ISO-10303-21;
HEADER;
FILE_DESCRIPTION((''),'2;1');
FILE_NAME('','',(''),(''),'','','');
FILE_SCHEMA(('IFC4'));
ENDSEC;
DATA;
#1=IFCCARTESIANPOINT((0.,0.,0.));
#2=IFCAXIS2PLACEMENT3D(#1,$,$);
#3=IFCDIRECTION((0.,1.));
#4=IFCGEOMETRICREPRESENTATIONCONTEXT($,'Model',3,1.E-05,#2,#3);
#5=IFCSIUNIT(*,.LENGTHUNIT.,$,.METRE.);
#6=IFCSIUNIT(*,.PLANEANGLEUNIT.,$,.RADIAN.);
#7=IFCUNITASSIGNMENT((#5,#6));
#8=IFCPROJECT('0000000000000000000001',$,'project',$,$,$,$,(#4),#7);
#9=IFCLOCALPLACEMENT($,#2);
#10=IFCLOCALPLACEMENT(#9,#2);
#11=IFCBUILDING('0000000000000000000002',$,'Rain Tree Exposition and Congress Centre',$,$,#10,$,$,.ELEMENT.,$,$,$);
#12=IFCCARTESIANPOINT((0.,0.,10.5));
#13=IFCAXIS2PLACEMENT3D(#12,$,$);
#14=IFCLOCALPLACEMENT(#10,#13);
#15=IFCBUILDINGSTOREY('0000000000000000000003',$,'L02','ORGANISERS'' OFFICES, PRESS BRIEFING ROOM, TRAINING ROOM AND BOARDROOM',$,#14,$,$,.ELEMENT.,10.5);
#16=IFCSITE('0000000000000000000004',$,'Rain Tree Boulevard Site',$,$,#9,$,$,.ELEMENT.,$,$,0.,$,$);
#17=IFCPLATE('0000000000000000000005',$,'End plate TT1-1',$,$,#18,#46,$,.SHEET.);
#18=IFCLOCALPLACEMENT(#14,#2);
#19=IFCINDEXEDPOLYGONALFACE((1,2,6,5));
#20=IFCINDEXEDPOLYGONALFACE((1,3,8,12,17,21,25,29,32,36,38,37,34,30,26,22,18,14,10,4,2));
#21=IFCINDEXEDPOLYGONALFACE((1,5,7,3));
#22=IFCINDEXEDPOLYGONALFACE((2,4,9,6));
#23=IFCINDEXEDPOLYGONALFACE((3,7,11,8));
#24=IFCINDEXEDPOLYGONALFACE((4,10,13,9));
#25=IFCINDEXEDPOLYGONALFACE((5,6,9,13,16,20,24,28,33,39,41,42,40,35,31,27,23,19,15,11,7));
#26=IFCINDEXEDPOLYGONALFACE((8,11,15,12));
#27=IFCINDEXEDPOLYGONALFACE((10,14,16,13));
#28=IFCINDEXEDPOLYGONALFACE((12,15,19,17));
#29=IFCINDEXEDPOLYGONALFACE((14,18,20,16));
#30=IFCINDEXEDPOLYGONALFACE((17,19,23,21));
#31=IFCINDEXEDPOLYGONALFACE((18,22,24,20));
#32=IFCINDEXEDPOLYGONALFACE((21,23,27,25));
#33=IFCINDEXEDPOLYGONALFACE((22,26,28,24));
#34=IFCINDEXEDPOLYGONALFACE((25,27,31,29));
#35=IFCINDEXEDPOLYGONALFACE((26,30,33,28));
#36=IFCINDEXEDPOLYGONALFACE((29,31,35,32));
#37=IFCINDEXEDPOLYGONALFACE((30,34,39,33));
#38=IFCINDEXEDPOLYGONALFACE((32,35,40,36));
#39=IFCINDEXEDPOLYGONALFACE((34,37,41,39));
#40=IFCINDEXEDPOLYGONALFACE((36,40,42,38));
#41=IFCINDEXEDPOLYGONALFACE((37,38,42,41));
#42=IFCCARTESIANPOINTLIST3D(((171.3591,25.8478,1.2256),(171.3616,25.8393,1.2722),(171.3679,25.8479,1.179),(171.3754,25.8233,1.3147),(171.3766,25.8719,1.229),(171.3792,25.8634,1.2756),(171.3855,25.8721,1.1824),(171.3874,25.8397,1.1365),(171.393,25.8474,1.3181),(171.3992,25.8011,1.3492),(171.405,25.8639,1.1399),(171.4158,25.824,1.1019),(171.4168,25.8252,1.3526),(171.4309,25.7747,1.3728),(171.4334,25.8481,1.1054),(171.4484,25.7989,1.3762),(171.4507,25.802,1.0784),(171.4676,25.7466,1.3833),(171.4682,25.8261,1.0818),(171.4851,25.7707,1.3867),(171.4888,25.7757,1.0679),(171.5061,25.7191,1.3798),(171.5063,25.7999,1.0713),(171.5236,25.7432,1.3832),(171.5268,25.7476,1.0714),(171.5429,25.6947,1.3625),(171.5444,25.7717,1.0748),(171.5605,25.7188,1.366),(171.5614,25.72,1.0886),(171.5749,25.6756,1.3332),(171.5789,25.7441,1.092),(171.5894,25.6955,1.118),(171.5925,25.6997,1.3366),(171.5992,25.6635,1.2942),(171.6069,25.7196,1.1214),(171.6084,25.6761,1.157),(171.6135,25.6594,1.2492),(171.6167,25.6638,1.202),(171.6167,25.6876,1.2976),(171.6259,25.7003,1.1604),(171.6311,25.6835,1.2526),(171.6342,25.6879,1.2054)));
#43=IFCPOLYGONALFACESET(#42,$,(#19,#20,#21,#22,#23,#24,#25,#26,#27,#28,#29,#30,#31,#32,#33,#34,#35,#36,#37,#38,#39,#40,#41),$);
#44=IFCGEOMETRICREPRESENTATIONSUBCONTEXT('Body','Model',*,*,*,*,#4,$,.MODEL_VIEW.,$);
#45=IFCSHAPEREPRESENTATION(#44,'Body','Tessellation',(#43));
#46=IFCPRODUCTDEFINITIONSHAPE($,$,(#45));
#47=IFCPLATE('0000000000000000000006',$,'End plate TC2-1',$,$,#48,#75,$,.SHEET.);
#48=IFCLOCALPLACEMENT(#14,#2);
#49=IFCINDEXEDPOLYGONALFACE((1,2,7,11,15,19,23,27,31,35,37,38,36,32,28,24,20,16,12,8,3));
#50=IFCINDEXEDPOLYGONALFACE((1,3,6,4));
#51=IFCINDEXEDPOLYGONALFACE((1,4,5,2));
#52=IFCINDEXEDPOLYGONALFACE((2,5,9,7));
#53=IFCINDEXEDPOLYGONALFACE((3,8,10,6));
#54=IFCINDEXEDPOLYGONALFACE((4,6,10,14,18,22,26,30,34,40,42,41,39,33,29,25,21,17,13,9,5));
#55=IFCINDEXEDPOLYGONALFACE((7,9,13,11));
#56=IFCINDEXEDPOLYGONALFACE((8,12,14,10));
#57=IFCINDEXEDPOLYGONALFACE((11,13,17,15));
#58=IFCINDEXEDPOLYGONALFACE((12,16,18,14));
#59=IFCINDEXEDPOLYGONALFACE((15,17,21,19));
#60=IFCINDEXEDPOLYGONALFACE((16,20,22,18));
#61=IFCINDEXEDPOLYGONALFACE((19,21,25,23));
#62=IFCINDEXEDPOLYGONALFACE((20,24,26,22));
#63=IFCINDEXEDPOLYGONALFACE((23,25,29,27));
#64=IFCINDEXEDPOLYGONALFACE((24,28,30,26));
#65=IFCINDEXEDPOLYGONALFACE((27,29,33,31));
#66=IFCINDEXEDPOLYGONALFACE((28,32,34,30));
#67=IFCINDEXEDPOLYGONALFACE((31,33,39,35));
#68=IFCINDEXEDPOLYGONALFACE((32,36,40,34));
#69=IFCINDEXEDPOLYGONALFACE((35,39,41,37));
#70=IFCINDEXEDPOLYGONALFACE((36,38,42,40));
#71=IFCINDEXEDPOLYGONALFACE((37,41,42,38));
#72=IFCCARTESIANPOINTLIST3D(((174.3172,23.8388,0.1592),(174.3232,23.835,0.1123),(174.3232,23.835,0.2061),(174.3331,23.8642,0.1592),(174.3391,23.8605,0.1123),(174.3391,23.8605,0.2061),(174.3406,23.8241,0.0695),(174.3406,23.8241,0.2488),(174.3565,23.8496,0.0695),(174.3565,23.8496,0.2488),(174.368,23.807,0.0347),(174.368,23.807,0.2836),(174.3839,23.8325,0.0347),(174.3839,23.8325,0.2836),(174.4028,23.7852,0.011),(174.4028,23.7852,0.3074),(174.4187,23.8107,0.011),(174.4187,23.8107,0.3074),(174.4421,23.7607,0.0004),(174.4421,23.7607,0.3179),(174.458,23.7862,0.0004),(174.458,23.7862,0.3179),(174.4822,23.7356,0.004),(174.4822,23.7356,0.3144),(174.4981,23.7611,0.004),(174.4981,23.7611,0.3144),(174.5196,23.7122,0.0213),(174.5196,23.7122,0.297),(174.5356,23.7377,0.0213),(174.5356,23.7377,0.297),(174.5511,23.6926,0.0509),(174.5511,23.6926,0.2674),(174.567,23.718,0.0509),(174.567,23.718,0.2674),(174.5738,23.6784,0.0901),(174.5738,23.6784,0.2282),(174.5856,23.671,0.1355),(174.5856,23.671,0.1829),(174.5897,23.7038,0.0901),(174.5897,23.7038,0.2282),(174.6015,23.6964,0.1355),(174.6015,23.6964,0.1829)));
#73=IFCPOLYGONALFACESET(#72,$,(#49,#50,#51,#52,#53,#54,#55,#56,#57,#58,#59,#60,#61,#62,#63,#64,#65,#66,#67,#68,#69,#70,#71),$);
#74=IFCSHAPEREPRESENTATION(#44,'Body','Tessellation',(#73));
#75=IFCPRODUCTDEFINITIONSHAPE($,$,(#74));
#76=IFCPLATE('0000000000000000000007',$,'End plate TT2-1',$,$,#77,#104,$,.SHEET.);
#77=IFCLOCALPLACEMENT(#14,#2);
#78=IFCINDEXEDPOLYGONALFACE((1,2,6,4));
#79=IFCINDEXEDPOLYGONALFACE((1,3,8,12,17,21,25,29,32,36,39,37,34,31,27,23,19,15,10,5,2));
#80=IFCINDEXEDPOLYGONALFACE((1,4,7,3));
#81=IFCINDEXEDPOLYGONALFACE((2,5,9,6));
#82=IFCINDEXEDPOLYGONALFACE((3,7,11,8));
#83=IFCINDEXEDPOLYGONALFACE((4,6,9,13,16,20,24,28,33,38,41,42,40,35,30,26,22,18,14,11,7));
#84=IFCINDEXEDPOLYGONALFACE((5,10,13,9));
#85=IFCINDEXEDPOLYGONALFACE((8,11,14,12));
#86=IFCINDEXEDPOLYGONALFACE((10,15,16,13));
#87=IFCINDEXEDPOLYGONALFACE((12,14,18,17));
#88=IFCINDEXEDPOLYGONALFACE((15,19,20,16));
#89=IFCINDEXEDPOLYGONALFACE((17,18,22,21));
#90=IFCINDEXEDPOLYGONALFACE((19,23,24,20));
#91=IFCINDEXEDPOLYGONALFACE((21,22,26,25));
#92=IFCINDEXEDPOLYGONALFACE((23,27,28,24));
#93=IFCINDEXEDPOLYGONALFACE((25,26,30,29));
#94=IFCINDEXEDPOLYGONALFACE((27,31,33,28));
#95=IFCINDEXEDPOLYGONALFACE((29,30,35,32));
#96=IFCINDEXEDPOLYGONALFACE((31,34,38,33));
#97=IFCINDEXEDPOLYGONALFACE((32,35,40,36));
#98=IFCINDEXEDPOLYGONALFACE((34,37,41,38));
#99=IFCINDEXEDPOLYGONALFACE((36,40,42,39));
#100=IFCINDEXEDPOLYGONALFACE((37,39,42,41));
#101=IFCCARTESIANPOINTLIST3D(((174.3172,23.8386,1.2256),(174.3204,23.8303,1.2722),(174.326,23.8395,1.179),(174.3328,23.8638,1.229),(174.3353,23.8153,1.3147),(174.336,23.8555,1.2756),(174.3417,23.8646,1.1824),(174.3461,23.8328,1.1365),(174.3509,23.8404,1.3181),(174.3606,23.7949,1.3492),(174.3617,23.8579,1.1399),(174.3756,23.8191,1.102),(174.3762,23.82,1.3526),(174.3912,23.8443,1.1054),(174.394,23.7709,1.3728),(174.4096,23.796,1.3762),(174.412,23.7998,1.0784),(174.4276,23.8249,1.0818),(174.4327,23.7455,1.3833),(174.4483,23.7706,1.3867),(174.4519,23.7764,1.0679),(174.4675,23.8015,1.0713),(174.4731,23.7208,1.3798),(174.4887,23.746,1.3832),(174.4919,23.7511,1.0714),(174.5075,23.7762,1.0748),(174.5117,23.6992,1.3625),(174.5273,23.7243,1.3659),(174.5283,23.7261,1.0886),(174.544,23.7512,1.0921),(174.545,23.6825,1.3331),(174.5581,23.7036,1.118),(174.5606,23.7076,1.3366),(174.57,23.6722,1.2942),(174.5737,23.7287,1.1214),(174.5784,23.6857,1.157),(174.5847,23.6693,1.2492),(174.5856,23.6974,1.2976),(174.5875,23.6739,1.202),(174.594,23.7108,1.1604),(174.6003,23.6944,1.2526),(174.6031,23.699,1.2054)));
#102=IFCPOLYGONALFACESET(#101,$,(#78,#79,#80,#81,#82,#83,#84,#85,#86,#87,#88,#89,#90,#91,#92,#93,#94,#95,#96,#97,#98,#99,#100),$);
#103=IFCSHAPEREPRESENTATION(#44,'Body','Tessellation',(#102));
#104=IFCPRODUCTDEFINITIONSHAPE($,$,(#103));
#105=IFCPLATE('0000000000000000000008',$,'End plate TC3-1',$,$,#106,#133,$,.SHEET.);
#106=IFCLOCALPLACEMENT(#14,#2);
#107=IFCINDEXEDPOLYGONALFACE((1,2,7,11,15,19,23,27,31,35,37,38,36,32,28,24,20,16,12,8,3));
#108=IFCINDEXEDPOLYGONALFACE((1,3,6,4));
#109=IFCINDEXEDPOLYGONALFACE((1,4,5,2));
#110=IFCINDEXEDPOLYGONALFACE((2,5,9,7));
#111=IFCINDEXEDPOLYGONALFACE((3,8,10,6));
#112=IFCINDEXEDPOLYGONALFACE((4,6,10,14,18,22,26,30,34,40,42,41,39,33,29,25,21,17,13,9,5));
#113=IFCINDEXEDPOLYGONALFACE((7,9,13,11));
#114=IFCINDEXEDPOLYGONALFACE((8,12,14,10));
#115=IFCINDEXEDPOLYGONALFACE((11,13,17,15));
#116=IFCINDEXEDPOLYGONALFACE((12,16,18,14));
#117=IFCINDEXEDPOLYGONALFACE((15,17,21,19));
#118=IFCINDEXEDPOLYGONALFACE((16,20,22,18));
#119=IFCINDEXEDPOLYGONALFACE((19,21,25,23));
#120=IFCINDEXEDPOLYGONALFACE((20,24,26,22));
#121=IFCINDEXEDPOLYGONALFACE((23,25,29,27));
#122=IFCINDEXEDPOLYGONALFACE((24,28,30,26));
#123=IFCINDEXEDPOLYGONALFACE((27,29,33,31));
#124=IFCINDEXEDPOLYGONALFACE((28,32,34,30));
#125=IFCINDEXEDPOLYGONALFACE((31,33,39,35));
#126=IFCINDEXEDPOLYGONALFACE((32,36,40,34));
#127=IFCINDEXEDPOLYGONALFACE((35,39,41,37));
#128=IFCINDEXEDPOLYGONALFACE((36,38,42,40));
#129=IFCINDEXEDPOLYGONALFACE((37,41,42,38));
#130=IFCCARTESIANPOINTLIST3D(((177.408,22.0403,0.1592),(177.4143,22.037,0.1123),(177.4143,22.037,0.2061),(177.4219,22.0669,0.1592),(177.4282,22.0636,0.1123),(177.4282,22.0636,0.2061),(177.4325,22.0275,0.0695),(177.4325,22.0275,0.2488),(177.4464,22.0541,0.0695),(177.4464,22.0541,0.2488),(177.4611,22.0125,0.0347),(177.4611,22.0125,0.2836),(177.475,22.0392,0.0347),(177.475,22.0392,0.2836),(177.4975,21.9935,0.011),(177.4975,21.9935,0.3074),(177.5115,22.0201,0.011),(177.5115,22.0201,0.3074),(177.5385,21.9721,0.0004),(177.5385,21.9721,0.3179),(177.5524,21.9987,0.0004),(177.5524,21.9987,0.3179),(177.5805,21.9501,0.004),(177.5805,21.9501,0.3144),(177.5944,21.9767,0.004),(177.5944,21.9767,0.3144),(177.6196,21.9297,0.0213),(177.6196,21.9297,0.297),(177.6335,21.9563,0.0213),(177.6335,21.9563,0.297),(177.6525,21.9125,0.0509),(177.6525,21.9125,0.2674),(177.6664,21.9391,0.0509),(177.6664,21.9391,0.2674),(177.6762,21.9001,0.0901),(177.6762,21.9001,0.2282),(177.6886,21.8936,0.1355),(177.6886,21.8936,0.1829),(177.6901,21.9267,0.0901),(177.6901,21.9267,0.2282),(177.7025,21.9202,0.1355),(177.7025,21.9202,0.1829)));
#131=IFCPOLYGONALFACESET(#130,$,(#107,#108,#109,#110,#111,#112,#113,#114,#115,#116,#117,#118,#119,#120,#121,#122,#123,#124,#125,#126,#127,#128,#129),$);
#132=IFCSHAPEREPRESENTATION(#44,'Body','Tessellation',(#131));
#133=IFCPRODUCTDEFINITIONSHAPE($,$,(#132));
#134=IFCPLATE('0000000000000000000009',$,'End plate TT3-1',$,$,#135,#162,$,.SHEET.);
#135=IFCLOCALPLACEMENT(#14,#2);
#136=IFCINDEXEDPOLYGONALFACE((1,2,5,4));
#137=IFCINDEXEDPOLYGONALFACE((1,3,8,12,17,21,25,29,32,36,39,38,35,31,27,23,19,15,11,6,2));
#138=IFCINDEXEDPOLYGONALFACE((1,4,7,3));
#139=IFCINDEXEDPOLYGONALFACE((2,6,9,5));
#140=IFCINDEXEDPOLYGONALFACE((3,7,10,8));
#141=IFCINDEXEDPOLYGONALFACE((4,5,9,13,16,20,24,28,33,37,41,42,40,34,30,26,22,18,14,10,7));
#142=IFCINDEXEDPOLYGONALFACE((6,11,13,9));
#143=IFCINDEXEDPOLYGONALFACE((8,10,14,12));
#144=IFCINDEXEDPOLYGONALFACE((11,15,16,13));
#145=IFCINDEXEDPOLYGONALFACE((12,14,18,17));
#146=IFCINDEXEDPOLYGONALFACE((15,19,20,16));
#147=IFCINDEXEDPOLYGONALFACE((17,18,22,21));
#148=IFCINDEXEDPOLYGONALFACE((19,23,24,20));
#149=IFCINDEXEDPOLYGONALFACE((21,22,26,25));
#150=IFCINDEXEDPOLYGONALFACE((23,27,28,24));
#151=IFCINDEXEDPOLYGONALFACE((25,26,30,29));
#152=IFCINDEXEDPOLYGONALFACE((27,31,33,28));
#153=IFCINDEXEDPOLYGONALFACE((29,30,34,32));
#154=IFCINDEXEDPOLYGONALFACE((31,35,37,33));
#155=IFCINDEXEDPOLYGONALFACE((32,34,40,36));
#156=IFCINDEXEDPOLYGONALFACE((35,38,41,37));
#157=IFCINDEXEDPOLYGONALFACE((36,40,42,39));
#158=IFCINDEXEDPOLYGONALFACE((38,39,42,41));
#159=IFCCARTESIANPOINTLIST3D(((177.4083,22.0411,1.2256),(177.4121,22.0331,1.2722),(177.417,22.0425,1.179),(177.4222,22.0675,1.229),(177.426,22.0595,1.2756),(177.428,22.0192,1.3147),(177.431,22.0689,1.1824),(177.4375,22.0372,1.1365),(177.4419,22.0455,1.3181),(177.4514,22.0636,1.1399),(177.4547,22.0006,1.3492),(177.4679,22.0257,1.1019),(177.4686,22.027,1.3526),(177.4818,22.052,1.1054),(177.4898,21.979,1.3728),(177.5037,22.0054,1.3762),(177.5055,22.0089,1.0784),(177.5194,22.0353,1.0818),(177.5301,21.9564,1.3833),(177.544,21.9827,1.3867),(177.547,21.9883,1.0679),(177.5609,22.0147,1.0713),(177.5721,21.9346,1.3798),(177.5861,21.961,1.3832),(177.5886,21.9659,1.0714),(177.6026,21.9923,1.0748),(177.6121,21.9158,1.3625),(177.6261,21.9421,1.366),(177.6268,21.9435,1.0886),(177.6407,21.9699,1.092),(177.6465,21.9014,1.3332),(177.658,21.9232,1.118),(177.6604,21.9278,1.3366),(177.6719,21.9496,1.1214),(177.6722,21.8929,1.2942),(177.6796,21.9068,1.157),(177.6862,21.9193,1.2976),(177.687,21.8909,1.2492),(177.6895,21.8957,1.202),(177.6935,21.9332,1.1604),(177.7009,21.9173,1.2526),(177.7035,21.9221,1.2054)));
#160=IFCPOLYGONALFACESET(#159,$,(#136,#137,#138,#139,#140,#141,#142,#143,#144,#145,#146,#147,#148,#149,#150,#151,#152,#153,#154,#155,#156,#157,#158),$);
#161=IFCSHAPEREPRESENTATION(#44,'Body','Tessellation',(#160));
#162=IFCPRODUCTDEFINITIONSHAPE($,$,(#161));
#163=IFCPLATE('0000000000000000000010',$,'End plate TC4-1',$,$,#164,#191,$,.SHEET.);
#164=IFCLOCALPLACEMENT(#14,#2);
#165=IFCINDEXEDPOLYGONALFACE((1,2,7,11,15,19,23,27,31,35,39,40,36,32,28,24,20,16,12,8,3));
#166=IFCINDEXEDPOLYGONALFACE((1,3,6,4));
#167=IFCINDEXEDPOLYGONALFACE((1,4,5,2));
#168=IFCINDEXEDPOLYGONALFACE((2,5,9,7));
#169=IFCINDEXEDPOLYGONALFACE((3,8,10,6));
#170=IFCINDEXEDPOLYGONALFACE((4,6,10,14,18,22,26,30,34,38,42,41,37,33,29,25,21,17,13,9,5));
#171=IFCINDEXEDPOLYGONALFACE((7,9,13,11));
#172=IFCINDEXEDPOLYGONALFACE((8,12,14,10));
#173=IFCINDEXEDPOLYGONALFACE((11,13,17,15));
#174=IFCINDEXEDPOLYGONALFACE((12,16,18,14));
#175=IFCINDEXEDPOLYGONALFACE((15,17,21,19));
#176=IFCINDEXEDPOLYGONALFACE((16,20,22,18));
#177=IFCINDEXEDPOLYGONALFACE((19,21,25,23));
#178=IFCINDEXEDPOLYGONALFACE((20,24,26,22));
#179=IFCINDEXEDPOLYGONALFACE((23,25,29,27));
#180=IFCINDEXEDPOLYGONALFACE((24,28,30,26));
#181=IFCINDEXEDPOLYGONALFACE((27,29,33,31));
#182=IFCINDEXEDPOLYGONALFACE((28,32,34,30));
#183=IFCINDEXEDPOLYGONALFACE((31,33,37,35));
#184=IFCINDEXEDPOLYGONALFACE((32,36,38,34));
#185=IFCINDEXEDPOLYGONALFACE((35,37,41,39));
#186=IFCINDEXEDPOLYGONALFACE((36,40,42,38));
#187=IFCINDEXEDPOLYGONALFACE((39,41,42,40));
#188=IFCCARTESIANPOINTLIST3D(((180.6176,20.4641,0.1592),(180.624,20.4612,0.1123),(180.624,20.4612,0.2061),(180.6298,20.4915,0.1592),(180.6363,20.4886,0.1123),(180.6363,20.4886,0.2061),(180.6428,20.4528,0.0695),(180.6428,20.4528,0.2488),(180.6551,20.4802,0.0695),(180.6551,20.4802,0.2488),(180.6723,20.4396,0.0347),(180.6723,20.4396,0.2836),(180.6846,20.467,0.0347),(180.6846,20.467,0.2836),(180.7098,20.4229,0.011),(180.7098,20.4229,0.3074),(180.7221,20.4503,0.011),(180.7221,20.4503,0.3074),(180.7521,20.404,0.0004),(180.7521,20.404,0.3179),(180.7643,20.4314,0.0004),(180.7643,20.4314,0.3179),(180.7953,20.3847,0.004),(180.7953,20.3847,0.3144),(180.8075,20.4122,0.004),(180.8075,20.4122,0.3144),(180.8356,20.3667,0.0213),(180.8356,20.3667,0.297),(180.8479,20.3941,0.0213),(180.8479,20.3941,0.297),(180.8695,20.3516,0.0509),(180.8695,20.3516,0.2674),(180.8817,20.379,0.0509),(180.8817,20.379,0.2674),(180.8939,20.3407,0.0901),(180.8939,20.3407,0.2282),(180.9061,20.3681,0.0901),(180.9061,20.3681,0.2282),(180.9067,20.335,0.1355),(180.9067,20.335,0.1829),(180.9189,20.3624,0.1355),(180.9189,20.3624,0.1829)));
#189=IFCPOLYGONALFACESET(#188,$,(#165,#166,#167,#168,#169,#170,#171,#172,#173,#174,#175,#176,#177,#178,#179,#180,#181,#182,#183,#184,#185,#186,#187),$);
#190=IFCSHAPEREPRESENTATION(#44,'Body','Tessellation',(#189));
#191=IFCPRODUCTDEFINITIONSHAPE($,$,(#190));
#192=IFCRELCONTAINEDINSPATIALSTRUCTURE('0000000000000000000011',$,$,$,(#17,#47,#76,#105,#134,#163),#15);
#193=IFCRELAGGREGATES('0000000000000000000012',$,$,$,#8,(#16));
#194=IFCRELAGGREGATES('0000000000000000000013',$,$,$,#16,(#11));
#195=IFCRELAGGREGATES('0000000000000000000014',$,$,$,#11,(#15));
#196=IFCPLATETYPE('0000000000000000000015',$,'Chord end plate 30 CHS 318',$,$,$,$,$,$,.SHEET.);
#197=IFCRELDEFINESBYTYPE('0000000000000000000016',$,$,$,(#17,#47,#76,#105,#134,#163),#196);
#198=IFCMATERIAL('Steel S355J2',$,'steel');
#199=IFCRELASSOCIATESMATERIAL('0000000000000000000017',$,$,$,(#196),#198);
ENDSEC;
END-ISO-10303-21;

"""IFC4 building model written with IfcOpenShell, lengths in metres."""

from ifc_helpers import new_model, si_unit, direction, frame, origin, origin_2d, place, context, subcontext, project, spatial, circle, extrude, material, material_profile, profile_set, type_object, element, save


model = new_model("IFC4")

# Units and contexts
model_context = context("Model", 3, precision=1e-05, world=origin(), true_north=direction((0.0, 1.0)))
body_context = subcontext(model_context, "Body", "Model", "MODEL_VIEW")
ifc_project = project(units=[si_unit("LENGTHUNIT", "METRE"), si_unit("PLANEANGLEUNIT", "RADIAN")], contexts=[model_context])

# Site, building, storey
site_placement = place(None, origin())
site = spatial("IfcSite", under=ifc_project, at=site_placement, Name="Rain Tree Boulevard Site", CompositionType="ELEMENT", RefElevation=0.0)
building_placement = place(site_placement, origin())
building = spatial("IfcBuilding", under=site, at=building_placement, Name="Rain Tree Exposition and Congress Centre", CompositionType="ELEMENT")
storey_placement = place(building_placement, frame((0.0, 0.0, 10.5)))
storey = spatial("IfcBuildingStorey", under=building, at=storey_placement, Name="L02", Description="ORGANISERS' OFFICES, PRESS BRIEFING ROOM, TRAINING ROOM AND BOARDROOM", CompositionType="ELEMENT", Elevation=10.5)

# Plates
ifc_material_1 = material(Name="Steel S355J2", Category="steel")
ifc_material_profile_1 = material_profile(ifc_material_1, circle(Radius=0.1592, at=origin_2d()), Name="CIRCLE 318")
ifc_profile_set_1 = profile_set([ifc_material_profile_1], Name="Steel S355J2")
plate_type = type_object("IfcPlateType", Name="Chord end plate 30 CHS 318", PredefinedType="SHEET", material=ifc_profile_set_1)
for number, where, z_axis, x_axis, name in (
    (1, (171.4878, 25.7542, 1.2256), (0.584362, 0.803498, 0.113626), (-0.808736, 0.588172, 0.0), "End plate TT1-1"),
    (2, (174.4521, 23.7544, 0.1592), (0.529999, 0.847998, 0.0), (-0.847998, 0.529999, 0.0), "End plate TC2-1"),
):
    element("IfcPlate", number, at=place(storey_placement, frame(where, z_axis=z_axis, x_axis=x_axis)), inside=storey, type_object=plate_type, Name=name, PredefinedType="SHEET", context=body_context, shape_type="SweptSolid", body=[
        extrude(circle(Radius=0.1592, at=origin_2d()), origin(), (0.0, 0.0, 1.0), 0.03),
    ])
plate_placement = place(storey_placement, frame((174.4524, 23.7546, 1.2256), z_axis=(0.524291, 0.843781, 0.114689), x_axis=(-0.849385, 0.527773, 0.0)))
element("IfcPlate", 3, at=plate_placement, inside=storey, type_object=plate_type, Name="End plate TT2-1", PredefinedType="SHEET", context=body_context, shape_type="SweptSolid", body=[
    extrude(circle(Radius=0.1592, at=origin_2d()), origin(), (0.0, 0.0, 1.0), 0.0298),
])
for number, where, z_axis, x_axis, name in (
    (4, (177.5491, 21.9666, 0.1592), (0.463399, 0.88615, 0.0), (-0.88615, 0.463399, 0.0), "End plate TC3-1"),
    (5, (177.5491, 21.9668, 1.2256), (0.463721, 0.87863, 0.113896), (-0.884385, 0.466759, 0.0), "End plate TT3-1"),
    (6, (180.7629, 20.3992, 0.1592), (0.407651, 0.913138, 0.0), (-0.913138, 0.407651, 0.0), "End plate TC4-1"),
):
    element("IfcPlate", number, at=place(storey_placement, frame(where, z_axis=z_axis, x_axis=x_axis)), inside=storey, type_object=plate_type, Name=name, PredefinedType="SHEET", context=body_context, shape_type="SweptSolid", body=[
        extrude(circle(Radius=0.1592, at=origin_2d()), origin(), (0.0, 0.0, 1.0), 0.03),
    ])

save(model, "model.ifc")
